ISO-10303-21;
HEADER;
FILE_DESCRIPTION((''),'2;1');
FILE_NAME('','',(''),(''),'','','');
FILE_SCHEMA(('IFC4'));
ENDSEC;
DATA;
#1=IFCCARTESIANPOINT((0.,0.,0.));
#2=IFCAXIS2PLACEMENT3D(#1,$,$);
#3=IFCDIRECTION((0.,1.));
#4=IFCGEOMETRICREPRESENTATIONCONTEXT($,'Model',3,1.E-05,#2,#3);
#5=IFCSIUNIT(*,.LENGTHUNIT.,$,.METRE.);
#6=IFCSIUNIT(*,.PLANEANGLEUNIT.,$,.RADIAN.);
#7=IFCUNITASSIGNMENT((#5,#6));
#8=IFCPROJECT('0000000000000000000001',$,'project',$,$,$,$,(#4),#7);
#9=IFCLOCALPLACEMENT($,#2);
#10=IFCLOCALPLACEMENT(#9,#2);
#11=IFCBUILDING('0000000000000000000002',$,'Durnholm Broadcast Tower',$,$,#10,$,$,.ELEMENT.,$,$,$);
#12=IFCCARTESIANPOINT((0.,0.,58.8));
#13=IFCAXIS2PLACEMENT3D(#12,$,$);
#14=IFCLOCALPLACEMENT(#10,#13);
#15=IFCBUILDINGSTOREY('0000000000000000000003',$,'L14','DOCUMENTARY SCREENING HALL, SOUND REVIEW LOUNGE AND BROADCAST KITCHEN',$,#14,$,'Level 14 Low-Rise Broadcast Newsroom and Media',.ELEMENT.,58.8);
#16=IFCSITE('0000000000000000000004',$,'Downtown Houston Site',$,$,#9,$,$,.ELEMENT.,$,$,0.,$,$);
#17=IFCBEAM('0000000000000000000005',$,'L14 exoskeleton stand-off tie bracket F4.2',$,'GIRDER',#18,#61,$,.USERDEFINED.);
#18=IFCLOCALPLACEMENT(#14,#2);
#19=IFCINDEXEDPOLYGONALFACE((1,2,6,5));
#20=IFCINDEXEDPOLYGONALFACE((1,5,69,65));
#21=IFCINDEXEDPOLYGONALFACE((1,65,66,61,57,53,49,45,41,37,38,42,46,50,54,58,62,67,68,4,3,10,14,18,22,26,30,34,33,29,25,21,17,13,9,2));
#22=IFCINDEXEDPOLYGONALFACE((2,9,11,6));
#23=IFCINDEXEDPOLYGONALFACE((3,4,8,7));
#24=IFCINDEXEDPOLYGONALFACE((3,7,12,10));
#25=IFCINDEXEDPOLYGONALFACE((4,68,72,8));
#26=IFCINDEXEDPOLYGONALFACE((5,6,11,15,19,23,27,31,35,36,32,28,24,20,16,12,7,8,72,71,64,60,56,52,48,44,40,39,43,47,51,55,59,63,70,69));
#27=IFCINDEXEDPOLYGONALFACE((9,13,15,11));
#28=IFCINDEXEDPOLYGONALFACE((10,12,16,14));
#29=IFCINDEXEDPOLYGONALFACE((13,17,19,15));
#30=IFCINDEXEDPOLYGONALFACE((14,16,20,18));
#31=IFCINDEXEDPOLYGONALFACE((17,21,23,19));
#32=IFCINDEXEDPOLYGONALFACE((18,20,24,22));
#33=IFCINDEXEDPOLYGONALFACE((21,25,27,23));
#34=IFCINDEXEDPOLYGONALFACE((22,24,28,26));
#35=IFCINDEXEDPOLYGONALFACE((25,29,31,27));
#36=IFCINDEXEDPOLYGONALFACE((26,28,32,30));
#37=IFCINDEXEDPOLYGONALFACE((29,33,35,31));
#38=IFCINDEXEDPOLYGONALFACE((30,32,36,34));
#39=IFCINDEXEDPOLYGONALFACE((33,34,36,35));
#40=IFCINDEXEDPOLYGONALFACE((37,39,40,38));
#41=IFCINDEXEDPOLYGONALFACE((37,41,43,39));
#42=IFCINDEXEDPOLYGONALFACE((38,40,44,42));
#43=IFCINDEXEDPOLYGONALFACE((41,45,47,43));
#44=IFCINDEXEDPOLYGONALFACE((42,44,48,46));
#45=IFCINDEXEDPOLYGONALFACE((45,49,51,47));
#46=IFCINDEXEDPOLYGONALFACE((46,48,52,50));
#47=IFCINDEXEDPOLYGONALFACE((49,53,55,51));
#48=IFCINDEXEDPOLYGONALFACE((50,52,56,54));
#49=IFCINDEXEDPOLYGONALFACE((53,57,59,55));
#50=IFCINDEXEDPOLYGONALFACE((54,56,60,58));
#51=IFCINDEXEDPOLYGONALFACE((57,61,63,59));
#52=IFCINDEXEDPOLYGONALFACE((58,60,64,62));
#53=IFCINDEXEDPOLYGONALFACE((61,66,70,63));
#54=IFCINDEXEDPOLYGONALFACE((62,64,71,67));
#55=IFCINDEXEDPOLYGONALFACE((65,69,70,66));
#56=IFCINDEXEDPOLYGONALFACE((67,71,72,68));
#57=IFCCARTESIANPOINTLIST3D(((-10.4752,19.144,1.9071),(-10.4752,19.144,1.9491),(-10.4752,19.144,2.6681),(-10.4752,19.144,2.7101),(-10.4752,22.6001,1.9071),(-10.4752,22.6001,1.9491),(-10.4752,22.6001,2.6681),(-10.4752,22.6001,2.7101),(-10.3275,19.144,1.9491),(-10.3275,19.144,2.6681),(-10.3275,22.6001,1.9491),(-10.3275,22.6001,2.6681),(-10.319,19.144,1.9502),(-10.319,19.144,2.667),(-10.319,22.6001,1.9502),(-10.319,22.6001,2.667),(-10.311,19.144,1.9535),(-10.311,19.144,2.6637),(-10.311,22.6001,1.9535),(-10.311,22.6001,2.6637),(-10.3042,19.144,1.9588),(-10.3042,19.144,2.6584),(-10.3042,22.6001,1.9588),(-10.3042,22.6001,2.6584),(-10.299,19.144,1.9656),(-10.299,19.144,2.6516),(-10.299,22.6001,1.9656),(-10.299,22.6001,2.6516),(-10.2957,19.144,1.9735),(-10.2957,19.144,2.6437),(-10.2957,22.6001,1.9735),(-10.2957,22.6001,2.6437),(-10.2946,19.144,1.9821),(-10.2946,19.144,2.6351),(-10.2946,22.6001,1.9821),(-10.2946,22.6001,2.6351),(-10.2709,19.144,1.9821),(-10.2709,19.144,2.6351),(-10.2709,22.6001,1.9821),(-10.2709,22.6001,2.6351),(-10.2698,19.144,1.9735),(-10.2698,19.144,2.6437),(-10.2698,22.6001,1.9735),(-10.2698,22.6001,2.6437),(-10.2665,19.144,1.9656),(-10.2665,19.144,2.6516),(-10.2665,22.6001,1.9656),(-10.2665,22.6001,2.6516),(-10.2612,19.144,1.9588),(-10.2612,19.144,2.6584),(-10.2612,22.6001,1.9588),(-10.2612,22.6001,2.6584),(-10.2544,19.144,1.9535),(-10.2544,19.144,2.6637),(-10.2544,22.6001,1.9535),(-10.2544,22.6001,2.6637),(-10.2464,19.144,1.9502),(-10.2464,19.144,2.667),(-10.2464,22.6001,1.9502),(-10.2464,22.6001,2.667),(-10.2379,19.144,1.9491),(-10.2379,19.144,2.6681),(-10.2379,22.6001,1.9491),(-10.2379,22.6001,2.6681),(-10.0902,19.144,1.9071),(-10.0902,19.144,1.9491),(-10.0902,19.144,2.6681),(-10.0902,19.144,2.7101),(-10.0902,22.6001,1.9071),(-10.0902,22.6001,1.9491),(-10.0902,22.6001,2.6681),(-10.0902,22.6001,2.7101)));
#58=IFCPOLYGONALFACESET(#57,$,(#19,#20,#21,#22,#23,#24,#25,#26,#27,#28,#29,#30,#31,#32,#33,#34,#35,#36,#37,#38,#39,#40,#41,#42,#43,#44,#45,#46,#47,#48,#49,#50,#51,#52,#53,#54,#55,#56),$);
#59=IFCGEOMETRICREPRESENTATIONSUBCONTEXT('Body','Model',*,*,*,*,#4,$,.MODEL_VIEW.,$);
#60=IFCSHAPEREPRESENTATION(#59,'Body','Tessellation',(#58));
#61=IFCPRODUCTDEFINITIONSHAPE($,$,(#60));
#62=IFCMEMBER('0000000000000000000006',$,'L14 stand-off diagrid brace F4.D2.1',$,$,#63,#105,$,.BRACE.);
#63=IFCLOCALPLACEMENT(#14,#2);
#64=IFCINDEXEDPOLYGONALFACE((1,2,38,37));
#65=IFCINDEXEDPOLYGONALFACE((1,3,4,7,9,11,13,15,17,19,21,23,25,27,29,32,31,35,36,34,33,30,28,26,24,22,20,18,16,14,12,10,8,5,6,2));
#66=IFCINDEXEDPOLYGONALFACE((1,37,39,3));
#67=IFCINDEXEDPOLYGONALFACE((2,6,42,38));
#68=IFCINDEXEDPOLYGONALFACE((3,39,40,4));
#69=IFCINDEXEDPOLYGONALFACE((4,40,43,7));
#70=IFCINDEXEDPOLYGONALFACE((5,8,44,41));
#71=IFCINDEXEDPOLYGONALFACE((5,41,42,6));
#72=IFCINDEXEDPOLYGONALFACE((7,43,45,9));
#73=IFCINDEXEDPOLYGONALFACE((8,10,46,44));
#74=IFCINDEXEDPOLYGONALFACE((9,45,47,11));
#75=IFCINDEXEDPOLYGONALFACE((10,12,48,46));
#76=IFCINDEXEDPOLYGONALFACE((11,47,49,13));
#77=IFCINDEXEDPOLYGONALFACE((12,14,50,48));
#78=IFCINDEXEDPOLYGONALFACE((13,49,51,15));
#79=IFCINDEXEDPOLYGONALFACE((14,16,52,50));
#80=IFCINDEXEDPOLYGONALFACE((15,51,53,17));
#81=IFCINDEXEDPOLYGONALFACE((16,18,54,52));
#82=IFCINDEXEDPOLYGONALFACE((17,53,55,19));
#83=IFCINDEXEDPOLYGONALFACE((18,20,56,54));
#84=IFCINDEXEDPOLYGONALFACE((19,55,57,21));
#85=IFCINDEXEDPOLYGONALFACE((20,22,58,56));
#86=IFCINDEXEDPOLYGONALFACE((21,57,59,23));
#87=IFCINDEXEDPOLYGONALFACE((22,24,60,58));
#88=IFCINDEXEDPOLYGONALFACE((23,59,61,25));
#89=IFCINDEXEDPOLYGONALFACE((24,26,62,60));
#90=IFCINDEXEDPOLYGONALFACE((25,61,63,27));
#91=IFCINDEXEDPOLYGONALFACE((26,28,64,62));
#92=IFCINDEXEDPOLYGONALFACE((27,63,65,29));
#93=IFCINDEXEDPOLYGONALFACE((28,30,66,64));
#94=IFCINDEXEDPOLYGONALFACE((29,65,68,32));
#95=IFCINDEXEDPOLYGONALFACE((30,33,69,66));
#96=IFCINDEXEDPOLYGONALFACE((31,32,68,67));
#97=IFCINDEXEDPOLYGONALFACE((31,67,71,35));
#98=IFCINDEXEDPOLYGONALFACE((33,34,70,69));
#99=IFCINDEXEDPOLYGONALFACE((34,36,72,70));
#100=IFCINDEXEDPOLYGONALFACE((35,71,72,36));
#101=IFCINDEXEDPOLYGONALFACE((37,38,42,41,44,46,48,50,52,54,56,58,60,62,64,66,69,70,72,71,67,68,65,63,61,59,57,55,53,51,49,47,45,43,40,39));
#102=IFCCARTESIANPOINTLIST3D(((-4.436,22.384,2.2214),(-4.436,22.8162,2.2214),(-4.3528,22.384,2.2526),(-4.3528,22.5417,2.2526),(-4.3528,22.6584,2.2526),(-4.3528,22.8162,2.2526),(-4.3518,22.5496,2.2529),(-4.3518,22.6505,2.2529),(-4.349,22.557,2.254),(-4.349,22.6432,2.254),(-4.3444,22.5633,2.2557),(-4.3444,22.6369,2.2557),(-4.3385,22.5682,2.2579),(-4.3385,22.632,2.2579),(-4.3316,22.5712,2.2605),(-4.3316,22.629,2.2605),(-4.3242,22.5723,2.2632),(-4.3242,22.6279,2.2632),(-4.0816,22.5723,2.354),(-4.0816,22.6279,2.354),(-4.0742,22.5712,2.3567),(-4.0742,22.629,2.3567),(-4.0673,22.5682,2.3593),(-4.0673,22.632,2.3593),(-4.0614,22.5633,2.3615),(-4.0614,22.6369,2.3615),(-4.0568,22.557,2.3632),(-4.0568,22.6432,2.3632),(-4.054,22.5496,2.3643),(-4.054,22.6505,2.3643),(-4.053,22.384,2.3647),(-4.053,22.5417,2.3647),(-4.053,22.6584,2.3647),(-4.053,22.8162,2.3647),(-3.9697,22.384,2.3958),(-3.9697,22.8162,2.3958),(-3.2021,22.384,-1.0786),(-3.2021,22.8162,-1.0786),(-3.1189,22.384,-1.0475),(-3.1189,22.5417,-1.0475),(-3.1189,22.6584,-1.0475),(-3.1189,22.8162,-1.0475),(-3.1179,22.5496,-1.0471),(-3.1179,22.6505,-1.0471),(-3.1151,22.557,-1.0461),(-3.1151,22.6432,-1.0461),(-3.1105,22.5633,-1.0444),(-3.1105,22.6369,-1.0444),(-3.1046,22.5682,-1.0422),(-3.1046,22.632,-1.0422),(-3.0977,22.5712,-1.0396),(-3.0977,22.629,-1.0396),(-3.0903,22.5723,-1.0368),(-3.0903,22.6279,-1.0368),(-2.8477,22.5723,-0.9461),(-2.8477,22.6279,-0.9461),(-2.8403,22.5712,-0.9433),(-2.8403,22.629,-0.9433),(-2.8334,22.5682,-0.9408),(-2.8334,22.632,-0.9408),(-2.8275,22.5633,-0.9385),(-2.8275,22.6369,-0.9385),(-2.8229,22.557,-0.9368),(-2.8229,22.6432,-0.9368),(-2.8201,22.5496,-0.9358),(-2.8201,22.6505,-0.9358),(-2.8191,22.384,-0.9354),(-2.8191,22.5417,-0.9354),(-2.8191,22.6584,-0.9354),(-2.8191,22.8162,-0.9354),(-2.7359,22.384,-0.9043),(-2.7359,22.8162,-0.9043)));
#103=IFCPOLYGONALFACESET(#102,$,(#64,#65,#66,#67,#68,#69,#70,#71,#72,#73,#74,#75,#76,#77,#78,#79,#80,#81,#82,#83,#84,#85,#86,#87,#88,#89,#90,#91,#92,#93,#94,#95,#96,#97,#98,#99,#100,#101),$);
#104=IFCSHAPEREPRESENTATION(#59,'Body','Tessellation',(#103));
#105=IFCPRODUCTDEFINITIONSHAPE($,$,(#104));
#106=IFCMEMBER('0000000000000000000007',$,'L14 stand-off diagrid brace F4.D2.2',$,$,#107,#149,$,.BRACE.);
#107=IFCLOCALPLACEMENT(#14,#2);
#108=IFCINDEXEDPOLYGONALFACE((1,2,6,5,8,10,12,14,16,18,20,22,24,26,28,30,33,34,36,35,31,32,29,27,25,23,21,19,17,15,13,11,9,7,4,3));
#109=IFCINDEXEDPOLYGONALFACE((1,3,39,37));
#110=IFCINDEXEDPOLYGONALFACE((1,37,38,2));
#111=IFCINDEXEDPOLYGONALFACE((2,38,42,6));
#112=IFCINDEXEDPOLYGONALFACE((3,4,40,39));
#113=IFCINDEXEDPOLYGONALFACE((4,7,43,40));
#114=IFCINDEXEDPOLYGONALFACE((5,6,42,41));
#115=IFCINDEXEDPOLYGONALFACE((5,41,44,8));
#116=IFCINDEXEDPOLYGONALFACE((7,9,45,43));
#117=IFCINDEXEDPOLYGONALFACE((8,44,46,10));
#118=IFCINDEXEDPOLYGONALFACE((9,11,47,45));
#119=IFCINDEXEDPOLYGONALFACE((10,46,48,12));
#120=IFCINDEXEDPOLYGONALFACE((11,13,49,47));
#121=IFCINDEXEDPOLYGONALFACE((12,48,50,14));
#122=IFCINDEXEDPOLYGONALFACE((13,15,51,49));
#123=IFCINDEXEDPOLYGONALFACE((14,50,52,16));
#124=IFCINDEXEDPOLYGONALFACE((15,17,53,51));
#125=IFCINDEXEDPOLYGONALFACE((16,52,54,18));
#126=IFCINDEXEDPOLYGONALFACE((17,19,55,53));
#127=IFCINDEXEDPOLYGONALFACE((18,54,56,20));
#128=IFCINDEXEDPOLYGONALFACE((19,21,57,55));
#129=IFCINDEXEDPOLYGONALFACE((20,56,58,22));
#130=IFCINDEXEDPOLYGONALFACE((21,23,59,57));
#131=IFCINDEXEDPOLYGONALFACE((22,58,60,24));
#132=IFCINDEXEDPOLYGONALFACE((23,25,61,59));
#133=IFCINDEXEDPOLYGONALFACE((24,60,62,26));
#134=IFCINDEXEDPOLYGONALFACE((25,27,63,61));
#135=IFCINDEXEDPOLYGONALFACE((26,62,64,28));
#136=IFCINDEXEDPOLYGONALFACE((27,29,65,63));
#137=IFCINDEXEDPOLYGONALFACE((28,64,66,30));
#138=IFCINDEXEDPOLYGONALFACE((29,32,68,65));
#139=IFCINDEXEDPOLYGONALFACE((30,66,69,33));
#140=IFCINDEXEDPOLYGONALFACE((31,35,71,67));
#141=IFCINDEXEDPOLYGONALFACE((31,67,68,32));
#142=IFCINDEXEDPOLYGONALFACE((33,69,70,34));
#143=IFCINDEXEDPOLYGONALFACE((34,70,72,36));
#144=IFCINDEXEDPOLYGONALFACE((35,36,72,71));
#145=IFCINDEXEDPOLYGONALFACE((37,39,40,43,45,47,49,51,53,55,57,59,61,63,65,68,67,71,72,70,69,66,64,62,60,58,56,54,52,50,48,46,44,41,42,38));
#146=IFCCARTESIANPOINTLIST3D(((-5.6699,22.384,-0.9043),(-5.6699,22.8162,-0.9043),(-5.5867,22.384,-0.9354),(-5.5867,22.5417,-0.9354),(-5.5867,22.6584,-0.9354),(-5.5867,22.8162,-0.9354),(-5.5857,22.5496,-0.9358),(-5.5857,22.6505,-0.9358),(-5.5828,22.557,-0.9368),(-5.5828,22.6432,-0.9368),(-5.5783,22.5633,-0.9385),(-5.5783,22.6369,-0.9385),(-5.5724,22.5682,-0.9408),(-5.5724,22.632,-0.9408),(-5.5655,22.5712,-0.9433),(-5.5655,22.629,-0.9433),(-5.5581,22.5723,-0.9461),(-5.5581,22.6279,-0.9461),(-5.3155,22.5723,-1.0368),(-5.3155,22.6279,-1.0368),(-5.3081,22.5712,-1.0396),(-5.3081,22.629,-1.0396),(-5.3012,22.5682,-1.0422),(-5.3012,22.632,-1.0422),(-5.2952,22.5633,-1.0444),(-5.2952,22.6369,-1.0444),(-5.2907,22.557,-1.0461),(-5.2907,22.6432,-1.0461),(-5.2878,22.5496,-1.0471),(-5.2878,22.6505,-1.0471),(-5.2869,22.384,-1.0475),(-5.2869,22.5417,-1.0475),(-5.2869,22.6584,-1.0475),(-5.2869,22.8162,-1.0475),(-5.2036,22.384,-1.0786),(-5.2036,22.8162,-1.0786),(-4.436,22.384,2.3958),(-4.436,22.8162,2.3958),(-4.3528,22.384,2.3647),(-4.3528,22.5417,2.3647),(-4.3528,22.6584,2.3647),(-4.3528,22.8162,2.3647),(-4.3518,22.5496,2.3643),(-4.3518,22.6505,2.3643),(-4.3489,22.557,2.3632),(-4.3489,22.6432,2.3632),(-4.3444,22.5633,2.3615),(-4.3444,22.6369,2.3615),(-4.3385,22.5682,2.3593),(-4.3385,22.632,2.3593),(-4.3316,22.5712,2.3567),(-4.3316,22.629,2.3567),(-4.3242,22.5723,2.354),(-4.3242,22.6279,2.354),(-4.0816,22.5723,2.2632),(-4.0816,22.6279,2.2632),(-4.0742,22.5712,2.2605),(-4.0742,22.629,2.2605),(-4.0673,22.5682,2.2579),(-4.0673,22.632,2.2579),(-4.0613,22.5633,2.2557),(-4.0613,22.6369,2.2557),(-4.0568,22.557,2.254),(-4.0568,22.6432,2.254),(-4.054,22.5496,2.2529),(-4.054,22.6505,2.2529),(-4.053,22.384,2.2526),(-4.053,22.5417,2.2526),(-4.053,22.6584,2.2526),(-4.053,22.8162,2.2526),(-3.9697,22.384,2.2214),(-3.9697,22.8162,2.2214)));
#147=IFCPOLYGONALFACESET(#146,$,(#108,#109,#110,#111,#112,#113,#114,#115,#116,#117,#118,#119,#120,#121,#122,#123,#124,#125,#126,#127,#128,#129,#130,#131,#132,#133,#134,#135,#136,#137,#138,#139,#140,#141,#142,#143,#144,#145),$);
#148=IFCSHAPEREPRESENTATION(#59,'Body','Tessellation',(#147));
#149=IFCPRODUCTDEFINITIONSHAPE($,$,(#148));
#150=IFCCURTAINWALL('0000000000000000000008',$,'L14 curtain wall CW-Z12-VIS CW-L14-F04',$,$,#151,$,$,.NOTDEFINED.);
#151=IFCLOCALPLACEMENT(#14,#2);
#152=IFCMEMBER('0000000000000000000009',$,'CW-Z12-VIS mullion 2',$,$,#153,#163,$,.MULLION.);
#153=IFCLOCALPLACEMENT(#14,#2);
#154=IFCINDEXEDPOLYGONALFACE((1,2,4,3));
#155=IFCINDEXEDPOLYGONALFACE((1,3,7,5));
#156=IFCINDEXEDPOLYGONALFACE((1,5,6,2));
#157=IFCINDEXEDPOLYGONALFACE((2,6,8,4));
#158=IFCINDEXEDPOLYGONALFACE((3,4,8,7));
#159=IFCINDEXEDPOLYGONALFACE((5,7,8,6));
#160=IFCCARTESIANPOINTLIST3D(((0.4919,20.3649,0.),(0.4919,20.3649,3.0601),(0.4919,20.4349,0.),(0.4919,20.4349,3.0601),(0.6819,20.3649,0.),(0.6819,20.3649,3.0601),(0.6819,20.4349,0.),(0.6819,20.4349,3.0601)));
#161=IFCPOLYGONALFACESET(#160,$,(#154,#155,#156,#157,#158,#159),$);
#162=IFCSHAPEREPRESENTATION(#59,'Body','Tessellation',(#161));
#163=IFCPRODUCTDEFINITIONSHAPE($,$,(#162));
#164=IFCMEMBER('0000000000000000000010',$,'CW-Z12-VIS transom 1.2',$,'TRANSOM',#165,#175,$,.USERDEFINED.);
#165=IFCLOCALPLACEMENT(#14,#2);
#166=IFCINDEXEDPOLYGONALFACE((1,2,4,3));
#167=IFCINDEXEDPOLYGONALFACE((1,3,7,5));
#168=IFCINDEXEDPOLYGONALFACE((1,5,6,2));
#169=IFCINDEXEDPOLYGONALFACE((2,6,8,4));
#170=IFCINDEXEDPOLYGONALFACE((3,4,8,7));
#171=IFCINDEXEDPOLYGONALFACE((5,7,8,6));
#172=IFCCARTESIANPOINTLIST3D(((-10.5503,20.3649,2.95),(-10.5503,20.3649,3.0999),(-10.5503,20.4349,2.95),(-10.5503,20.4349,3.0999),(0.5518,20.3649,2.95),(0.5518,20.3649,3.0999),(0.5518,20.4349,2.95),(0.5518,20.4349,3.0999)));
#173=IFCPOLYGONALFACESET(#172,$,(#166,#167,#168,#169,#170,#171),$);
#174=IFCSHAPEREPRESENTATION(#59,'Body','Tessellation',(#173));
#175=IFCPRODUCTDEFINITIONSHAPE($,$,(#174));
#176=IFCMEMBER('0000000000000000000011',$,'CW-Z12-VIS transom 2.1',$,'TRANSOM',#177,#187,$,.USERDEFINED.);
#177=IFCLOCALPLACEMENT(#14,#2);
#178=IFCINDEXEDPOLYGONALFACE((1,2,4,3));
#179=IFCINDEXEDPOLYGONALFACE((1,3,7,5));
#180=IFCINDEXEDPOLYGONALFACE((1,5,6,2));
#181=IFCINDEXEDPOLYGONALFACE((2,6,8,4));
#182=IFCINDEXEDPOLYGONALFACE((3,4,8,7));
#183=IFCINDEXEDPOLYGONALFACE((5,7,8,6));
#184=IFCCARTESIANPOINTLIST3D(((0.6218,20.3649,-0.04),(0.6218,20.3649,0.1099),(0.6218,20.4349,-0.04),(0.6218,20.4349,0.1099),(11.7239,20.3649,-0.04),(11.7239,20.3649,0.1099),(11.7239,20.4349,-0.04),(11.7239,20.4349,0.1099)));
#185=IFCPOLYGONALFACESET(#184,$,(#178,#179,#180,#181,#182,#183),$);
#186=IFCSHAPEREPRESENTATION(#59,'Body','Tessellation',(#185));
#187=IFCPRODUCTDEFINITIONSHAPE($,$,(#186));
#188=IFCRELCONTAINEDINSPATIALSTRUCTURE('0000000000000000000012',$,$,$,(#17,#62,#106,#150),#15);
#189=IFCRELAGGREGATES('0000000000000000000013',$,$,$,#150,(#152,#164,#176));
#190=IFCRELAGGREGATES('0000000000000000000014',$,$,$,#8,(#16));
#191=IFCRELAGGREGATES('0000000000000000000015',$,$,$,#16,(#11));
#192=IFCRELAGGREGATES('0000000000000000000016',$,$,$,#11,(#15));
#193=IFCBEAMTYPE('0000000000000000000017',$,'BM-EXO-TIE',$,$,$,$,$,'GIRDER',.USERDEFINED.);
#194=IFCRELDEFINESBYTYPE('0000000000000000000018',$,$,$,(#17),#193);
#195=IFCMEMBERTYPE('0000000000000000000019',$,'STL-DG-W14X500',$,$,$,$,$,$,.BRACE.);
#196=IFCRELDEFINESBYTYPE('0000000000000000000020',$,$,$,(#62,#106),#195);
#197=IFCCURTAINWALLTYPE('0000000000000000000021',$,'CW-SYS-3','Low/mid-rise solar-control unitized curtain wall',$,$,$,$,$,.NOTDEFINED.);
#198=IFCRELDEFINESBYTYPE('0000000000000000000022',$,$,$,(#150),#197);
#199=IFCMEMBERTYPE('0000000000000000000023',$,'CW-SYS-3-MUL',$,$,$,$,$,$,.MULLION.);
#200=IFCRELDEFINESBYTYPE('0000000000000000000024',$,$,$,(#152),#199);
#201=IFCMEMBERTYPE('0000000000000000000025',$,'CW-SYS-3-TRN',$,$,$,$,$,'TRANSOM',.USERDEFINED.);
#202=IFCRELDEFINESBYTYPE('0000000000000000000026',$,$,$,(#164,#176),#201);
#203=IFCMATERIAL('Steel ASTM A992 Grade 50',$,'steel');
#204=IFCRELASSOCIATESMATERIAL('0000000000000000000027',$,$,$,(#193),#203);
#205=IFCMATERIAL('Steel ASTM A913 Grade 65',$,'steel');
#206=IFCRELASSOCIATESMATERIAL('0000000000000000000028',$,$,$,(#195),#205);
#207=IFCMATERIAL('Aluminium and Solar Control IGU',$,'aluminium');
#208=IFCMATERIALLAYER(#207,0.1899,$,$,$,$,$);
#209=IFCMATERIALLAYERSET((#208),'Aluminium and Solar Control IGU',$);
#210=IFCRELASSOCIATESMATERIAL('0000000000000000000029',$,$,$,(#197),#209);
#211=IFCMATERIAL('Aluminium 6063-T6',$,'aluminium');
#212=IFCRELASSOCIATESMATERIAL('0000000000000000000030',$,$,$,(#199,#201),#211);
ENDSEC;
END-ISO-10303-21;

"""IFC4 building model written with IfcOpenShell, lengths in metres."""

from ifc_helpers import new_model, si_unit, direction, frame, origin, origin_2d, place, context, subcontext, project, spatial, rectangle, i_section, extrude, source, transform, mapped, material, layer, layer_set, material_profile, profile_set, type_object, type_shapes, element, aggregate, save


model = new_model("IFC4")

# Units and contexts
model_context = context("Model", 3, precision=1e-05, world=origin(), true_north=direction((0.0, 1.0)))
body_context = subcontext(model_context, "Body", "Model", "MODEL_VIEW")
ifc_project = project(units=[si_unit("LENGTHUNIT", "METRE"), si_unit("PLANEANGLEUNIT", "RADIAN")], contexts=[model_context])

# Site, building, storey
site_placement = place(None, origin())
site = spatial("IfcSite", under=ifc_project, at=site_placement, Name="Downtown Houston Site", CompositionType="ELEMENT", RefElevation=0.0)
building_placement = place(site_placement, origin())
building = spatial("IfcBuilding", under=site, at=building_placement, Name="Durnholm Broadcast Tower", CompositionType="ELEMENT")
storey_placement = place(building_placement, frame((0.0, 0.0, 58.8)))
storey = spatial("IfcBuildingStorey", under=building, at=storey_placement, Name="L14", Description="DOCUMENTARY SCREENING HALL, SOUND REVIEW LOUNGE AND BROADCAST KITCHEN", LongName="Level 14 Low-Rise Broadcast Newsroom and Media", CompositionType="ELEMENT", Elevation=58.8)

# Beam
ifc_material_1 = material(Name="Steel ASTM A992 Grade 50", Category="steel")
ifc_material_profile_1 = material_profile(ifc_material_1, i_section(OverallWidth=0.385, OverallDepth=0.803, WebThickness=0.0237, FlangeThickness=0.042, FilletRadius=0.033, at=origin_2d()), Name="W30X261")
ifc_profile_set_1 = profile_set([ifc_material_profile_1], Name="Steel ASTM A992 Grade 50")
beam_type_1 = type_object("IfcBeamType", Name="BM-EXO-TIE", ElementType="GIRDER", PredefinedType="USERDEFINED", material=ifc_profile_set_1)
shared_shape_1 = source(origin(), body_context, "Body", "SweptSolid", [
    extrude(i_section(OverallWidth=0.385, OverallDepth=0.803, WebThickness=0.0237, FlangeThickness=0.042, FilletRadius=0.033, at=origin_2d()), origin(), (0.0, 0.0, 1.0), 3.4561),
])
type_shapes(beam_type_1, [shared_shape_1])
beam_1_placement = place(storey_placement, frame((-10.2827, 19.144, 2.3086), z_axis=(0.0, 1.0, 0.0), x_axis=(-1.0, 0.0, 0.0)))
element("IfcBeam", 1, at=beam_1_placement, inside=storey, type_object=beam_type_1, Name="L14 exoskeleton stand-off tie bracket F4.2", ObjectType="GIRDER", PredefinedType="USERDEFINED", context=body_context, shape_type="MappedRepresentation", body=[
    mapped(shared_shape_1, transform((0.0, 0.0, 0.0), x_axis=(1.0, 0.0, 0.0), y_axis=(0.0, 1.0, 0.0), z_axis=(0.0, 0.0, 1.0), scale=1.0)),
])

# Members
ifc_material_2 = material(Name="Steel ASTM A913 Grade 65", Category="steel")
ifc_material_profile_2 = material_profile(ifc_material_2, i_section(OverallWidth=0.4321, OverallDepth=0.4978, WebThickness=0.0557, FlangeThickness=0.0889, FilletRadius=0.0305, at=origin_2d()), Name="W14X500")
ifc_profile_set_2 = profile_set([ifc_material_profile_2], Name="Steel ASTM A913 Grade 65")
member_type_1 = type_object("IfcMemberType", Name="STL-DG-W14X500", PredefinedType="BRACE", material=ifc_profile_set_2)
shared_shape_2 = source(origin(), body_context, "Body", "SweptSolid", [
    extrude(i_section(OverallWidth=0.4321, OverallDepth=0.4978, WebThickness=0.0557, FlangeThickness=0.0889, FilletRadius=0.0305, at=origin_2d()), origin(), (0.0, 0.0, 1.0), 3.5232),
])
type_shapes(member_type_1, [shared_shape_2])
for number, where, z_axis, x_axis, name in (
    (2, (-2.969, 22.6001, -0.9915), (-0.35022, 0.0, 0.936668), (0.0, -1.0, 0.0), "L14 stand-off diagrid brace F4.D2.1"),
    (3, (-5.4368, 22.6001, -0.9915), (0.35022, 0.0, 0.936668), (0.0, 1.0, 0.0), "L14 stand-off diagrid brace F4.D2.2"),
):
    element("IfcMember", number, at=place(storey_placement, frame(where, z_axis=z_axis, x_axis=x_axis)), inside=storey, type_object=member_type_1, Name=name, PredefinedType="BRACE", context=body_context, shape_type="MappedRepresentation", body=[
        mapped(shared_shape_2, transform((0.0, 0.0, 0.0), x_axis=(1.0, 0.0, 0.0), y_axis=(0.0, 1.0, 0.0), z_axis=(0.0, 0.0, 1.0), scale=1.0)),
    ])

# Curtain wall, members
ifc_material_3 = material(Name="Aluminium and Solar Control IGU", Category="aluminium")
ifc_layer_1 = layer(ifc_material_3, 0.1899)
ifc_layer_set_1 = layer_set([ifc_layer_1], Name="Aluminium and Solar Control IGU")
curtain_wall_type = type_object("IfcCurtainWallType", Name="CW-SYS-3", Description="Low/mid-rise solar-control unitized curtain wall", PredefinedType="NOTDEFINED", material=ifc_layer_set_1)
curtain_wall_placement = place(storey_placement, origin())
curtain_wall = element("IfcCurtainWall", 4, at=curtain_wall_placement, inside=storey, type_object=curtain_wall_type, Name="L14 curtain wall CW-Z12-VIS CW-L14-F04", PredefinedType="NOTDEFINED")
ifc_material_4 = material(Name="Aluminium 6063-T6", Category="aluminium")
ifc_material_profile_3 = material_profile(ifc_material_4, rectangle(XDim=0.0701, YDim=0.1899, at=origin_2d()), Name="CWM70X190")
ifc_profile_set_3 = profile_set([ifc_material_profile_3], Name="Aluminium 6063-T6")
member_type_2 = type_object("IfcMemberType", Name="CW-SYS-3-MUL", PredefinedType="MULLION", material=ifc_profile_set_3)
shared_shape_3 = source(origin(), body_context, "Body", "SweptSolid", [
    extrude(rectangle(XDim=0.0701, YDim=0.1899, at=origin_2d()), origin(), (0.0, 0.0, 1.0), 3.0601),
])
type_shapes(member_type_2, [shared_shape_3])
member_1_placement = place(storey_placement, frame((0.5869, 20.3999, 0.0), z_axis=(0.0, 0.0, 1.0), x_axis=(0.0, 1.0, 0.0)))
member_1 = element("IfcMember", 5, at=member_1_placement, type_object=member_type_2, Name="CW-Z12-VIS mullion 2", PredefinedType="MULLION", context=body_context, shape_type="MappedRepresentation", body=[
    mapped(shared_shape_3, transform((0.0, 0.0, 0.0), x_axis=(1.0, 0.0, 0.0), y_axis=(0.0, 1.0, 0.0), z_axis=(0.0, 0.0, 1.0), scale=1.0)),
])
ifc_material_profile_4 = material_profile(ifc_material_4, rectangle(XDim=0.0701, YDim=0.1499, at=origin_2d()), Name="CWT70X150")
ifc_profile_set_4 = profile_set([ifc_material_profile_4], Name="Aluminium 6063-T6")
member_type_3 = type_object("IfcMemberType", Name="CW-SYS-3-TRN", ElementType="TRANSOM", PredefinedType="USERDEFINED", material=ifc_profile_set_4)
shared_shape_4 = source(origin(), body_context, "Body", "SweptSolid", [
    extrude(rectangle(XDim=0.0701, YDim=0.1499, at=origin_2d()), origin(), (0.0, 0.0, 1.0), 11.1021),
])
type_shapes(member_type_3, [shared_shape_4])
member_2_placement = place(storey_placement, frame((-10.5503, 20.3999, 3.0249), z_axis=(1.0, 0.0, 0.0), x_axis=(0.0, 1.0, 0.0)))
member_2 = element("IfcMember", 6, at=member_2_placement, type_object=member_type_3, Name="CW-Z12-VIS transom 1.2", ObjectType="TRANSOM", PredefinedType="USERDEFINED", context=body_context, shape_type="MappedRepresentation", body=[
    mapped(shared_shape_4, transform((0.0, 0.0, 0.0), x_axis=(1.0, 0.0, 0.0), y_axis=(0.0, 1.0, 0.0), z_axis=(0.0, 0.0, 1.0), scale=1.0)),
])
member_3_placement = place(storey_placement, frame((0.6218, 20.3999, 0.0349), z_axis=(1.0, 0.0, 0.0), x_axis=(0.0, 1.0, 0.0)))
member_3 = element("IfcMember", 7, at=member_3_placement, type_object=member_type_3, Name="CW-Z12-VIS transom 2.1", ObjectType="TRANSOM", PredefinedType="USERDEFINED", context=body_context, shape_type="MappedRepresentation", body=[
    mapped(shared_shape_4, transform((0.0, 0.0, 0.0), x_axis=(1.0, 0.0, 0.0), y_axis=(0.0, 1.0, 0.0), z_axis=(0.0, 0.0, 1.0), scale=1.0)),
])

aggregate(curtain_wall, [member_1, member_2, member_3])

save(model, "model.ifc")
